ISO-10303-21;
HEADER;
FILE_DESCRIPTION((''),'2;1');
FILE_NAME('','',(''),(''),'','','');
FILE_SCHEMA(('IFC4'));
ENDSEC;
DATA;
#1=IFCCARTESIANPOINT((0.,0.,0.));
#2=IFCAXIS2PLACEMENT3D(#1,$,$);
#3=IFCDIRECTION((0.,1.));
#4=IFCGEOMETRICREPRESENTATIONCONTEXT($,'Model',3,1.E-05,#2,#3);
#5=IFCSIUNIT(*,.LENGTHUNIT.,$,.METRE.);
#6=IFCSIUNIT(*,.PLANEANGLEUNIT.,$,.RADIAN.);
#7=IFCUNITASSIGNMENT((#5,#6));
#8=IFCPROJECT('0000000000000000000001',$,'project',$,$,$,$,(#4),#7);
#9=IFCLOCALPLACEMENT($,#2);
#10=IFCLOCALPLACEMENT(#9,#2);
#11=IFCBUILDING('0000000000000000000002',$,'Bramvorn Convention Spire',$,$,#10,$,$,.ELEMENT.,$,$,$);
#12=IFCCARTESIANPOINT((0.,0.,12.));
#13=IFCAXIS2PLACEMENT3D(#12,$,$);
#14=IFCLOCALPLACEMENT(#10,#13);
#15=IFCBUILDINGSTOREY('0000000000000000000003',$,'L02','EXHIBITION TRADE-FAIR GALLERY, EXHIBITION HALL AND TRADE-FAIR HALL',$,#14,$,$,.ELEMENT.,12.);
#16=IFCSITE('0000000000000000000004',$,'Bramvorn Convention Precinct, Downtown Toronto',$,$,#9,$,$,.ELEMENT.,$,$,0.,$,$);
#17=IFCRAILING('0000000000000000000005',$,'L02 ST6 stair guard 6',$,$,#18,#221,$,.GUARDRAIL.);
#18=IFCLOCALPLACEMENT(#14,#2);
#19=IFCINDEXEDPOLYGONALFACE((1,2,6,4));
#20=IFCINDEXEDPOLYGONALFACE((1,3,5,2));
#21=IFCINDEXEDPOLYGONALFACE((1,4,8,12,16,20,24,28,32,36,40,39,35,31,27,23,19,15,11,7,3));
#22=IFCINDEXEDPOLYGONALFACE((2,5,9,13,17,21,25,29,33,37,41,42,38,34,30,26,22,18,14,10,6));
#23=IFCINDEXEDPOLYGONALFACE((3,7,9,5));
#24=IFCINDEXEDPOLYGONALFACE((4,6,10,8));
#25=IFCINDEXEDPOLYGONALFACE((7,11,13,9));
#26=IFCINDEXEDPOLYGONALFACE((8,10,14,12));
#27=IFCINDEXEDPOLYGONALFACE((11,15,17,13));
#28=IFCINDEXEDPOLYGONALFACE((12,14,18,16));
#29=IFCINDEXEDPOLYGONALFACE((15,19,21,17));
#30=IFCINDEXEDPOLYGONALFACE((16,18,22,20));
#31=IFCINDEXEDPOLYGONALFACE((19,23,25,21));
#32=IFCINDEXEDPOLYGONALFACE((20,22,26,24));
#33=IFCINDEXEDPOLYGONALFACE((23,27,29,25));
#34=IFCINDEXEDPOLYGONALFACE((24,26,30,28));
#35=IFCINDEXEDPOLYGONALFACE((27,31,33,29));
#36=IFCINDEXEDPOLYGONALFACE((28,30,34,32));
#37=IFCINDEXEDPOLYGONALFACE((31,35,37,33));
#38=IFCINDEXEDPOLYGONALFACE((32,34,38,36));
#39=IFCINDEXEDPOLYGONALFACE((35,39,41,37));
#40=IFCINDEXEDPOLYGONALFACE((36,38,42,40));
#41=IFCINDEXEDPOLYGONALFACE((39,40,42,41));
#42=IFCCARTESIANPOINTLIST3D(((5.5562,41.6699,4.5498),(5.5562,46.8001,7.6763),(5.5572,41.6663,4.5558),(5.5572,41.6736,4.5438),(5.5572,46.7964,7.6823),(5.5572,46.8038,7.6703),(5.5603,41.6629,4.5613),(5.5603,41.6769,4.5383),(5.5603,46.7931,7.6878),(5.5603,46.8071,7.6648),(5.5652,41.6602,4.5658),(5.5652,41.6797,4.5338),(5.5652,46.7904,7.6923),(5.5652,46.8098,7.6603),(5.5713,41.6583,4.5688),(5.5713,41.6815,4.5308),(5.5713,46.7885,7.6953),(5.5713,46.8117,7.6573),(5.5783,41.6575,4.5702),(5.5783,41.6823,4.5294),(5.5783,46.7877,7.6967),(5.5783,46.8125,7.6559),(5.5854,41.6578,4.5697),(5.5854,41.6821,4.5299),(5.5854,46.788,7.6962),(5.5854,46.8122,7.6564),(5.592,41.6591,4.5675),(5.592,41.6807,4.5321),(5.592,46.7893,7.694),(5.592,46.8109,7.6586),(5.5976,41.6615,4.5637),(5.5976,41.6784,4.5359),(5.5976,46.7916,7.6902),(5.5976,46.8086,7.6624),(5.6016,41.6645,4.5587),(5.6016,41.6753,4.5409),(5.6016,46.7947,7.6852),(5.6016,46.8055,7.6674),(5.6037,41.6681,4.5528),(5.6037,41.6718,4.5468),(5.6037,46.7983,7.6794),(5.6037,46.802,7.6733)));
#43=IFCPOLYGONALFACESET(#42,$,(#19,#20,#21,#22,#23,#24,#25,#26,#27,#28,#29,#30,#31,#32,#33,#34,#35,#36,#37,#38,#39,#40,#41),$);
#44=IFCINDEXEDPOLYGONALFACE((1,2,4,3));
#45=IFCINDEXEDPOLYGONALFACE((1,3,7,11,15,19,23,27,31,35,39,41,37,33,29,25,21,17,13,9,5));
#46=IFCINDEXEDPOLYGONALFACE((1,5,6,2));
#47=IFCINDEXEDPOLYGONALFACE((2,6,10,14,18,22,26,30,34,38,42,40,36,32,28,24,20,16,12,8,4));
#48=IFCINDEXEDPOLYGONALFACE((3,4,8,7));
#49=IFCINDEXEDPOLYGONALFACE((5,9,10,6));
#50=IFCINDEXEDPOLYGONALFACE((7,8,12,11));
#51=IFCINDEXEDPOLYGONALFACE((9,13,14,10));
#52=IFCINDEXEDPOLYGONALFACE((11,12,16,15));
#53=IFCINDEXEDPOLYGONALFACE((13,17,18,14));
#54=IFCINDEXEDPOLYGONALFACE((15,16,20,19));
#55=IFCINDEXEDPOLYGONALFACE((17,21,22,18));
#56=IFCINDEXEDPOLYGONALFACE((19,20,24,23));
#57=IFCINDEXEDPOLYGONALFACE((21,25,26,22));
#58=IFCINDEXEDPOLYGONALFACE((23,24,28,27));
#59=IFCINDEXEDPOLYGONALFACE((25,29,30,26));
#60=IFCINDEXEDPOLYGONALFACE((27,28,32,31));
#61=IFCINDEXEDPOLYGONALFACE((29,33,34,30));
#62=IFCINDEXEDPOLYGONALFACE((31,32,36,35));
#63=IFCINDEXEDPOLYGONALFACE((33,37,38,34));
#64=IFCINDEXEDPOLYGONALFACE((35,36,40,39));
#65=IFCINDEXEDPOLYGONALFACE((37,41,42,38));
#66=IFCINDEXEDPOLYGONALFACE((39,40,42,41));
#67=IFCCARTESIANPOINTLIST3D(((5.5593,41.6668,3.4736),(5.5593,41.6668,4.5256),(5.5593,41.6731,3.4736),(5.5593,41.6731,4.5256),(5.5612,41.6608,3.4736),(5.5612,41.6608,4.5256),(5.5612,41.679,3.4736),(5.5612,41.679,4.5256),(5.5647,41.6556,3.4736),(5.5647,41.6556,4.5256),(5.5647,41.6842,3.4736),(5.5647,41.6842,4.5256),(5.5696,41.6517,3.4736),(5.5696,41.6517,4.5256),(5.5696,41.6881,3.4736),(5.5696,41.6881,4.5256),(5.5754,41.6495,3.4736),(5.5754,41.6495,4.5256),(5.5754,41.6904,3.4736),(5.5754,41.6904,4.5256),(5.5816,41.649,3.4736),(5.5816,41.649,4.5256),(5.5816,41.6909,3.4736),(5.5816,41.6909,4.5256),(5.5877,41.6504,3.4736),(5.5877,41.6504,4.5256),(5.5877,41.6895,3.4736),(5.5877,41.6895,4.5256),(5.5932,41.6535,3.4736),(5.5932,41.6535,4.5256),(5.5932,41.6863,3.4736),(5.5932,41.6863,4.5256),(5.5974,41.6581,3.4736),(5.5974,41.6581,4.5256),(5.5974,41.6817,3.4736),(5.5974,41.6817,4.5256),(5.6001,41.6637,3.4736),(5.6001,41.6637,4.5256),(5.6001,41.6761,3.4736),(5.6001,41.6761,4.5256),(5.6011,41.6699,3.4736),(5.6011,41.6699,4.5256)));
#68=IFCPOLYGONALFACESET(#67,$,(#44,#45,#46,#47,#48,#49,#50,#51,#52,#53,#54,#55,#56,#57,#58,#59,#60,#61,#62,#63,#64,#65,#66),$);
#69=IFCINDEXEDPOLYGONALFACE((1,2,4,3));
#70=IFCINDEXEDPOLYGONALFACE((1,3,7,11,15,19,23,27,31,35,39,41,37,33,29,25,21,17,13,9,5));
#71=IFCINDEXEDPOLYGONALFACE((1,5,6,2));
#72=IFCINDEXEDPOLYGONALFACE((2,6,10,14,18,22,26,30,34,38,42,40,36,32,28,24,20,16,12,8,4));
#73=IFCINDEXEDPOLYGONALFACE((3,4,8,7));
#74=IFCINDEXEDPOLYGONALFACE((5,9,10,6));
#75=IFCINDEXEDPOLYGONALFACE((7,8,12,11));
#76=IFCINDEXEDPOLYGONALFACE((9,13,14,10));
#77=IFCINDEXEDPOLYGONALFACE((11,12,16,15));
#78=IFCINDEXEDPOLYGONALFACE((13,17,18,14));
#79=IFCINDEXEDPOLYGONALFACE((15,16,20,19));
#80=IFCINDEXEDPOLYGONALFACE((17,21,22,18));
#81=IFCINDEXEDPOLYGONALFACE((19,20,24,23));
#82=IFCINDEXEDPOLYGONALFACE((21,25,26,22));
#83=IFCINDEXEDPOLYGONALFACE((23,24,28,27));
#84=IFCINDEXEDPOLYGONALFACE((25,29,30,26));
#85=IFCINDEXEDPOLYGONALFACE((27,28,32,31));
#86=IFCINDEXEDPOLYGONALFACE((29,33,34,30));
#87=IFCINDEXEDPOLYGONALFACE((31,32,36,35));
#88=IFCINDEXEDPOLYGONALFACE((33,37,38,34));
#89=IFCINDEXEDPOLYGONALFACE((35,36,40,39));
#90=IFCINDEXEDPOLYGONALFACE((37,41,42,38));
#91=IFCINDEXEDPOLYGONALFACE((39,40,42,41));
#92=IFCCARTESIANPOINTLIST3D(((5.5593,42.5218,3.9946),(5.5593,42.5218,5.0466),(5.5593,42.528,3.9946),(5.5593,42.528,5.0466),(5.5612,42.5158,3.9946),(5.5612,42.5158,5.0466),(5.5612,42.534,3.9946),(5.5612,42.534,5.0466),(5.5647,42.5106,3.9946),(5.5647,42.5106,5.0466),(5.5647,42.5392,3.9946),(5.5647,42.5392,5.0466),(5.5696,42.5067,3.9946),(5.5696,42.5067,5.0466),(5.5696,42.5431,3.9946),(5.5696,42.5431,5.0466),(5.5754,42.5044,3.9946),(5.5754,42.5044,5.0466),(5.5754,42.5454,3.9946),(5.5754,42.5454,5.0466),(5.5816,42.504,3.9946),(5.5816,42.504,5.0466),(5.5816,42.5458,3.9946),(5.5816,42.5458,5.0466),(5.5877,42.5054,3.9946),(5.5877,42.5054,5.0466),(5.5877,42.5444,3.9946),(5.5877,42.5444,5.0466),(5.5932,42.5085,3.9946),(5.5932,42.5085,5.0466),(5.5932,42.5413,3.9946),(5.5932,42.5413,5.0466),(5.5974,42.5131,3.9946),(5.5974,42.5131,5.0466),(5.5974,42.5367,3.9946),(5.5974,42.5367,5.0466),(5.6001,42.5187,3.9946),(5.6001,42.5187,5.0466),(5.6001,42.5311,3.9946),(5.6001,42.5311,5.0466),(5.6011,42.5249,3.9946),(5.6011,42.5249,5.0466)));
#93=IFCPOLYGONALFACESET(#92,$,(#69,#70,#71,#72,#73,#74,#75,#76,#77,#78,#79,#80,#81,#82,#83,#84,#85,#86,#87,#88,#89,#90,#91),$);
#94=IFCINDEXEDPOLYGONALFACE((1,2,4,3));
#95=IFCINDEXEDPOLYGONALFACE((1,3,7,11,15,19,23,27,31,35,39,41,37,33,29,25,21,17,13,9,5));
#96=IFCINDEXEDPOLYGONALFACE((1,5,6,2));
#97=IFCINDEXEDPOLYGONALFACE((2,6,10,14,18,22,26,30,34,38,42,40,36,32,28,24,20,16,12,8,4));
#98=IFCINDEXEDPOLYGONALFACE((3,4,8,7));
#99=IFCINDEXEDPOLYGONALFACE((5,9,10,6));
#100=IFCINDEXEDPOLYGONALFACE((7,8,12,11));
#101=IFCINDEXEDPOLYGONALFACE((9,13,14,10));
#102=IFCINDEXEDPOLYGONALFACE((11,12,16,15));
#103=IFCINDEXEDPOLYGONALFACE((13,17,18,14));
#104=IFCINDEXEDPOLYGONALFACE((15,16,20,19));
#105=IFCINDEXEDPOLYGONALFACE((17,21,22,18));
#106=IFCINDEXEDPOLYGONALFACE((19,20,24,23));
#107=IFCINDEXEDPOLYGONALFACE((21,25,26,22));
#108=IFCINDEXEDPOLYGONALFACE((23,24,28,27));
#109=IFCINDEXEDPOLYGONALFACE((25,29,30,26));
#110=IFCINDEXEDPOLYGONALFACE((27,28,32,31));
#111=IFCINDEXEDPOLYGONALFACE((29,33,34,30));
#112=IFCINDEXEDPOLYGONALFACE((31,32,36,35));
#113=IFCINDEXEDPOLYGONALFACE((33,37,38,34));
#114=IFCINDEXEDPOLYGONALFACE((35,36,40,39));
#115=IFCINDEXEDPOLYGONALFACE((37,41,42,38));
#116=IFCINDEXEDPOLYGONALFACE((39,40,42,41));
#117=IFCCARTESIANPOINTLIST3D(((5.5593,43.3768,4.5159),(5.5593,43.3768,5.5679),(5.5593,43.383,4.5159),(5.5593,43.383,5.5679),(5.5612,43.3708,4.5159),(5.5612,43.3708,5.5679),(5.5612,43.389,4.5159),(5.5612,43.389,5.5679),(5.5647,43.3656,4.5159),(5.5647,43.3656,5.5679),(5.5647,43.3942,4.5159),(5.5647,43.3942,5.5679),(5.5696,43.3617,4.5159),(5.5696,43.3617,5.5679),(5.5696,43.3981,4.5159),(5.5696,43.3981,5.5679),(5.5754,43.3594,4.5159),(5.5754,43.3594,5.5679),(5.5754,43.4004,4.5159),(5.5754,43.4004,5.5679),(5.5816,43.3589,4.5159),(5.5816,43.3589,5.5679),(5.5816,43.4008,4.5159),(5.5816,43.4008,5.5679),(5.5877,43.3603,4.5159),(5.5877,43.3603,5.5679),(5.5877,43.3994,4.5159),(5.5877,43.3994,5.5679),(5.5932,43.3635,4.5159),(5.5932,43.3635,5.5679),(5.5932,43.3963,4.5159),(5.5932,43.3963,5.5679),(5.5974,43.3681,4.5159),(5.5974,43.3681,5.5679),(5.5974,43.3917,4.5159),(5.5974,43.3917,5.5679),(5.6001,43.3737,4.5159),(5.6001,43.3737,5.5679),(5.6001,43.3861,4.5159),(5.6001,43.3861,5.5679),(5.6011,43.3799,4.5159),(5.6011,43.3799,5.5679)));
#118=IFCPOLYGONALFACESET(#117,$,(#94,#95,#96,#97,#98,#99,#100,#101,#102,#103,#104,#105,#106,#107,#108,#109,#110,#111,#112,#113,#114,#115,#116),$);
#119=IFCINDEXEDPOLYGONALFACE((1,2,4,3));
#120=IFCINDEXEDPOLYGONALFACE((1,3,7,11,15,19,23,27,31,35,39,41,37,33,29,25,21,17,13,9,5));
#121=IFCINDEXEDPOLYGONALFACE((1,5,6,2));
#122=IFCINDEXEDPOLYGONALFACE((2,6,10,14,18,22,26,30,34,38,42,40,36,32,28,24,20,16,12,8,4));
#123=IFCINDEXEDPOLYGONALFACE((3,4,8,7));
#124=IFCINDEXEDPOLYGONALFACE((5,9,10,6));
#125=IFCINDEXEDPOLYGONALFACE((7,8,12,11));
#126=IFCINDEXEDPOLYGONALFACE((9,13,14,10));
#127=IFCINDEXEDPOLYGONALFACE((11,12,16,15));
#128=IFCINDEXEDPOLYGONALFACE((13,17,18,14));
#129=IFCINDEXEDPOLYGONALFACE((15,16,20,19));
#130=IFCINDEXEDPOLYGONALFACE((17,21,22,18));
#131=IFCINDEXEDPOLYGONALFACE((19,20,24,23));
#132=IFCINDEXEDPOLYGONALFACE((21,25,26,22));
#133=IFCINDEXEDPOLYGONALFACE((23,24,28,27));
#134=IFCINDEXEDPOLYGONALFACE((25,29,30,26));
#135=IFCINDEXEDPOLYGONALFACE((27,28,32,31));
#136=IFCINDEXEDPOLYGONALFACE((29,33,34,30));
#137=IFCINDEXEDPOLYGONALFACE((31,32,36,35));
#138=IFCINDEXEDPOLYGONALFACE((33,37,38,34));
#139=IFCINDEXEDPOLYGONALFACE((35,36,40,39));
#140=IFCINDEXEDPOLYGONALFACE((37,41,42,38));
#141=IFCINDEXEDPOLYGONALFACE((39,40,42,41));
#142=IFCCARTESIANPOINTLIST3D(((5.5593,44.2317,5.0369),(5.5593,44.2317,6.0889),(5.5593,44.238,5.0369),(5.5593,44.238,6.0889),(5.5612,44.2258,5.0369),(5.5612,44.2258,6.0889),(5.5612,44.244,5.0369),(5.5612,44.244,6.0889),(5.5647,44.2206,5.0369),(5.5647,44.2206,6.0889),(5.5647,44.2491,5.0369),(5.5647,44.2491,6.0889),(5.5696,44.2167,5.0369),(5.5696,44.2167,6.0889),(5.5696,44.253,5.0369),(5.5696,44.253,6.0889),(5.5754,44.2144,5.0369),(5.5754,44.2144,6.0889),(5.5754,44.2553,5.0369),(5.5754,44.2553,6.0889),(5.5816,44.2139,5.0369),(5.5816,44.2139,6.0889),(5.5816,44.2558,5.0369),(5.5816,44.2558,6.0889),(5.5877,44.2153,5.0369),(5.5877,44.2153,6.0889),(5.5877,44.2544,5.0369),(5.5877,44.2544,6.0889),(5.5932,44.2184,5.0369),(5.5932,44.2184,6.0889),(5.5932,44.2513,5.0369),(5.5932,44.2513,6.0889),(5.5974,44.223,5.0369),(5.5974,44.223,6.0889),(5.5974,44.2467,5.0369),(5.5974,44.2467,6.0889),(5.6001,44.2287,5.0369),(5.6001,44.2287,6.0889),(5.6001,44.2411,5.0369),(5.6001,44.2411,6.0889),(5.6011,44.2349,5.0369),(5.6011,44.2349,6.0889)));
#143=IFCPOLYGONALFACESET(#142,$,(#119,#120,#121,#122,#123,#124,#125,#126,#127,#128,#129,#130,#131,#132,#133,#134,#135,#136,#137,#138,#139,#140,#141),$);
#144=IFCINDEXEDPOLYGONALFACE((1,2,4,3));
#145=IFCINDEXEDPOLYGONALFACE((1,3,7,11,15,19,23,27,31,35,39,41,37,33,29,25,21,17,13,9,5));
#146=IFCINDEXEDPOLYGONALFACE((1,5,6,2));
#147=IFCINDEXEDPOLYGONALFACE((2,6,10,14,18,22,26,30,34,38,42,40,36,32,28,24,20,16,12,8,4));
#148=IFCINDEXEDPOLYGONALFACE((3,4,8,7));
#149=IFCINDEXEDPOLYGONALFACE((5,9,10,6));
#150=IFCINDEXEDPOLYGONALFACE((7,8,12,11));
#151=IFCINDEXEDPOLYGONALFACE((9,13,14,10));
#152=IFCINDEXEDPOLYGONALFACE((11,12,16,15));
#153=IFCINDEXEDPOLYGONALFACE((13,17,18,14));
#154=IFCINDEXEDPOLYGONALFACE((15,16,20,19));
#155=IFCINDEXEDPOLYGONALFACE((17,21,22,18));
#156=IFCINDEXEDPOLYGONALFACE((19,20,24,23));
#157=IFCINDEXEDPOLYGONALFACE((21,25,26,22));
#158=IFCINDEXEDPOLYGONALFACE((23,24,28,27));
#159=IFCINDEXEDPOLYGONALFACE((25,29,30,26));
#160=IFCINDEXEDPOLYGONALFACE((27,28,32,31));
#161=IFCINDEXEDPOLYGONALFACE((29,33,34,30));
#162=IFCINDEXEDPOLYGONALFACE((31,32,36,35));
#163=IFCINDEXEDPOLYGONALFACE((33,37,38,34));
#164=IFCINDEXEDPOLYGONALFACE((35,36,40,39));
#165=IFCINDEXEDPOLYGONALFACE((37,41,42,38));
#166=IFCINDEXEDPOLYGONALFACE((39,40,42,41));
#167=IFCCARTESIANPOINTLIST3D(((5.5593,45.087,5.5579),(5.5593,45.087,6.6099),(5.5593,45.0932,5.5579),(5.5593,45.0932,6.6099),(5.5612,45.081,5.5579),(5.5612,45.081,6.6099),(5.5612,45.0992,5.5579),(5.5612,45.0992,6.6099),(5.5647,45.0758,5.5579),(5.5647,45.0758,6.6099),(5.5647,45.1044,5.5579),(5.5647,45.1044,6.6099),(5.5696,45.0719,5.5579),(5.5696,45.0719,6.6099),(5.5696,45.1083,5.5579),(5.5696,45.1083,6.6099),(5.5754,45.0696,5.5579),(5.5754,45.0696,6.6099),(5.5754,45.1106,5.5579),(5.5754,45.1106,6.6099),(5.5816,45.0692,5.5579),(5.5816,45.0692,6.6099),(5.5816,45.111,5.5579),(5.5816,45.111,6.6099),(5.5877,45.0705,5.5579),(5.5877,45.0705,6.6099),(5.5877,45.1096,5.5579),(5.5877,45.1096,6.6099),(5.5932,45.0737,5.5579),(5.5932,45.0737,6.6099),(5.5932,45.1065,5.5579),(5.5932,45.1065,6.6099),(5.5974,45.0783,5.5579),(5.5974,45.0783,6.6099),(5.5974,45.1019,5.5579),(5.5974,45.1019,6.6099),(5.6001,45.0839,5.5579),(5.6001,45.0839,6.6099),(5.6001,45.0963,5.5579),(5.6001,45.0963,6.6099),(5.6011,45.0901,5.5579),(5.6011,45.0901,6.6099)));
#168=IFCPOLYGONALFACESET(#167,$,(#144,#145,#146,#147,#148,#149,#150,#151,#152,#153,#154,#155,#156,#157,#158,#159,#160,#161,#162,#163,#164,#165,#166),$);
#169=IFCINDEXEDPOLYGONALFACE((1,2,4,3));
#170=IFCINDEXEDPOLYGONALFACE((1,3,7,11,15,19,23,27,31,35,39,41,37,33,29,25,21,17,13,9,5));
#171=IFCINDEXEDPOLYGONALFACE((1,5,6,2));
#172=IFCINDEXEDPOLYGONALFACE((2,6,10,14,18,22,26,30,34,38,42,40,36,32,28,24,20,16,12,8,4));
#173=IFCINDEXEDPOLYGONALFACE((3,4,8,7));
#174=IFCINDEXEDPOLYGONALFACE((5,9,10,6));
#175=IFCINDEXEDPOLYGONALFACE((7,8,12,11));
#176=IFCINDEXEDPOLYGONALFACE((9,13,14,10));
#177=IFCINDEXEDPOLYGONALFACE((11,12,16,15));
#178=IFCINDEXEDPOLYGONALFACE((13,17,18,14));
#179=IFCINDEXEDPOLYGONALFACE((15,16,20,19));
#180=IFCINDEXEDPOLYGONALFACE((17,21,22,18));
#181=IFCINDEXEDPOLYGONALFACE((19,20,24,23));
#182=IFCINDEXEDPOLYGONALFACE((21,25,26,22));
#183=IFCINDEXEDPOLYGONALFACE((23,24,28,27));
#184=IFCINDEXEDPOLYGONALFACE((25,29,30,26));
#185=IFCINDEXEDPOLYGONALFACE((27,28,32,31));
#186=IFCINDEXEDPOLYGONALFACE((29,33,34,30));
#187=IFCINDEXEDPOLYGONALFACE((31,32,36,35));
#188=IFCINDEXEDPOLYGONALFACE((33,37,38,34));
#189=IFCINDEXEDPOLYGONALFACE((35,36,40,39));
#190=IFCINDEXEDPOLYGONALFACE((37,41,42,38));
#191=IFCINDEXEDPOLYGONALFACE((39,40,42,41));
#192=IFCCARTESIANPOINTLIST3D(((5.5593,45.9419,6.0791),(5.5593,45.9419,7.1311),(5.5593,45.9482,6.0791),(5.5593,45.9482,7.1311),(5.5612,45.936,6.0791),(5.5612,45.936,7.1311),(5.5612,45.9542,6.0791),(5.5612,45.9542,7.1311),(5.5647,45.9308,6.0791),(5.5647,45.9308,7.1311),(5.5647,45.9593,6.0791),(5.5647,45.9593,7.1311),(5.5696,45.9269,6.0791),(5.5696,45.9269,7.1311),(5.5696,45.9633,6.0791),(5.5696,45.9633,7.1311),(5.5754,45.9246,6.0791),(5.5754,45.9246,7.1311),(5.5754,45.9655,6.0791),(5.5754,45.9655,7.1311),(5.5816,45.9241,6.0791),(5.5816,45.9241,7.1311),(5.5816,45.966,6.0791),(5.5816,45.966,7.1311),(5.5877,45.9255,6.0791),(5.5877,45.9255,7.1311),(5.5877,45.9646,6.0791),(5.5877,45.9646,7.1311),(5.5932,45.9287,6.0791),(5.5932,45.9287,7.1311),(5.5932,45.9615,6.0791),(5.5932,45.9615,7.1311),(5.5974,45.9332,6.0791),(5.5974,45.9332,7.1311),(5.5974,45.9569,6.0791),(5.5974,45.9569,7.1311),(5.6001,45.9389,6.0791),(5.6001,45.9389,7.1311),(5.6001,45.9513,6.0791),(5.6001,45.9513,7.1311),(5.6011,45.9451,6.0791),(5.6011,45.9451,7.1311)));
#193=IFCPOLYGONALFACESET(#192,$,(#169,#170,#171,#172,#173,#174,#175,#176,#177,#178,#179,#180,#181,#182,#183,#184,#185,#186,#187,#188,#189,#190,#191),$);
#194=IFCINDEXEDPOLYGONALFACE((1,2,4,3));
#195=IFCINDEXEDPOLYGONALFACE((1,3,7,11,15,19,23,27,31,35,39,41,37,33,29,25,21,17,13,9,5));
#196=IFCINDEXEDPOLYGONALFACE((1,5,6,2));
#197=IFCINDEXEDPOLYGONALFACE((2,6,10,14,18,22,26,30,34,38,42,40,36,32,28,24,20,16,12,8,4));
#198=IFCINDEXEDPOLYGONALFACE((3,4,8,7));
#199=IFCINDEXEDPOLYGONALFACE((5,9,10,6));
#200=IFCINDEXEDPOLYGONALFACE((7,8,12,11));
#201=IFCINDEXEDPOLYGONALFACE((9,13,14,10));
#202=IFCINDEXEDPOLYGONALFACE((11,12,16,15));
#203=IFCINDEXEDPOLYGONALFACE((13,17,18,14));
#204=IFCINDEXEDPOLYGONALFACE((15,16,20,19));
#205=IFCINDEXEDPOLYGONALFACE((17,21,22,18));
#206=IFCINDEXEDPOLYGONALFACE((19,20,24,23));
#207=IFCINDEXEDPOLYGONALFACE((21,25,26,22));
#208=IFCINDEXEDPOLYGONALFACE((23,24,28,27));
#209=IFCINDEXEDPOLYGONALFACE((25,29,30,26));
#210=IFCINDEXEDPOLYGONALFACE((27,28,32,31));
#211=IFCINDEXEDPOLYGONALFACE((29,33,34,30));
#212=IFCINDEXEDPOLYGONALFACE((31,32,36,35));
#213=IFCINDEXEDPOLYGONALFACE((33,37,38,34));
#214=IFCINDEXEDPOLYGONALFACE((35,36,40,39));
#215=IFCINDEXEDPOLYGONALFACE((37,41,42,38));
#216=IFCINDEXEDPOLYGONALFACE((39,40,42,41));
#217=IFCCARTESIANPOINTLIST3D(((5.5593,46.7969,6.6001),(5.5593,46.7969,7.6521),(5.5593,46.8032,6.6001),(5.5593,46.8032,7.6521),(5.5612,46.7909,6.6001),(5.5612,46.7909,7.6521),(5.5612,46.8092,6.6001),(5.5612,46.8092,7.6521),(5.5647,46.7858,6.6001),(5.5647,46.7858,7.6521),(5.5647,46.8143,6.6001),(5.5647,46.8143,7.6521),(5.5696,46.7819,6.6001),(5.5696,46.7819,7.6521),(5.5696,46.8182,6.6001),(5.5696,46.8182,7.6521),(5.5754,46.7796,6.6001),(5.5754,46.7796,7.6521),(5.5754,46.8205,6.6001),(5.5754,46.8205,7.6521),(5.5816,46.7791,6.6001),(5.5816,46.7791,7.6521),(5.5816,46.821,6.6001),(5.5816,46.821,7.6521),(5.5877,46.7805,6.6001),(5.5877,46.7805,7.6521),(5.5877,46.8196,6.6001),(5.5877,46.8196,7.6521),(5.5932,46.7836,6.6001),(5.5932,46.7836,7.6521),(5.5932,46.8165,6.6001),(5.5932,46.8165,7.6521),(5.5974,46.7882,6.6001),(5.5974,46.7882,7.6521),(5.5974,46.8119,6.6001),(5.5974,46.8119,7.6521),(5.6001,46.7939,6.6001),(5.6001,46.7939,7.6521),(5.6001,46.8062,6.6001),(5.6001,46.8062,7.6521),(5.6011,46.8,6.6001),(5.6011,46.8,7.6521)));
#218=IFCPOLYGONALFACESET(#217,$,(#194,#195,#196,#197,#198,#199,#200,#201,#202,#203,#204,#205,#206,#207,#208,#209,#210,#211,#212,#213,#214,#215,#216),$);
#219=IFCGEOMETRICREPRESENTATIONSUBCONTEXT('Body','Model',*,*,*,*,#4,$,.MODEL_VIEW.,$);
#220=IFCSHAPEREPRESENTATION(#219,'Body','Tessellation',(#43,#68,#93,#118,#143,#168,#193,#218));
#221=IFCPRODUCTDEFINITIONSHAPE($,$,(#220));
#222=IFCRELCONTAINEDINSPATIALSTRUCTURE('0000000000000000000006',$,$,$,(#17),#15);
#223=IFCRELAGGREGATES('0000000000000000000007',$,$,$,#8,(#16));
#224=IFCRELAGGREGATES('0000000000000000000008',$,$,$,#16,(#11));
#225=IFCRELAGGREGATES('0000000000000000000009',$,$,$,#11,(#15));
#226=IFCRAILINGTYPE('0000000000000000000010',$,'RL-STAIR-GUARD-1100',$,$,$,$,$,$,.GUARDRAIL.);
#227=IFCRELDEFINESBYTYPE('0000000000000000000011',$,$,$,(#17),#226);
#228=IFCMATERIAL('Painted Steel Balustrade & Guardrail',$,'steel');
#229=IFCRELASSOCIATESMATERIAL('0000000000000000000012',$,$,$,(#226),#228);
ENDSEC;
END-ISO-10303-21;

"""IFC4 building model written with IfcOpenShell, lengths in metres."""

from ifc_helpers import new_model, si_unit, direction, frame, origin, origin_2d, place, context, subcontext, project, spatial, circle, extrude, material, type_object, element, save


model = new_model("IFC4")

# Units and contexts
model_context = context("Model", 3, precision=1e-05, world=origin(), true_north=direction((0.0, 1.0)))
body_context = subcontext(model_context, "Body", "Model", "MODEL_VIEW")
ifc_project = project(units=[si_unit("LENGTHUNIT", "METRE"), si_unit("PLANEANGLEUNIT", "RADIAN")], contexts=[model_context])

# Site, building, storey
site_placement = place(None, origin())
site = spatial("IfcSite", under=ifc_project, at=site_placement, Name="Bramvorn Convention Precinct, Downtown Toronto", CompositionType="ELEMENT", RefElevation=0.0)
building_placement = place(site_placement, origin())
building = spatial("IfcBuilding", under=site, at=building_placement, Name="Bramvorn Convention Spire", CompositionType="ELEMENT")
storey_placement = place(building_placement, frame((0.0, 0.0, 12.0)))
storey = spatial("IfcBuildingStorey", under=building, at=storey_placement, Name="L02", Description="EXHIBITION TRADE-FAIR GALLERY, EXHIBITION HALL AND TRADE-FAIR HALL", CompositionType="ELEMENT", Elevation=12.0)

# Railing
ifc_material_1 = material(Name="Painted Steel Balustrade & Guardrail", Category="steel")
railing_type = type_object("IfcRailingType", Name="RL-STAIR-GUARD-1100", PredefinedType="GUARDRAIL", material=ifc_material_1)
railing_1_placement = place(storey_placement, frame((5.5801, 41.6699, 3.4736)))
element("IfcRailing", 1, at=railing_1_placement, inside=storey, type_object=railing_type, Name="L02 ST6 stair guard 6", PredefinedType="GUARDRAIL", context=body_context, shape_type="SweptSolid", body=[
    extrude(circle(Radius=0.0239, at=origin_2d()), frame((0.0, 0.0, 1.0762), z_axis=(0.0, 0.853919, 0.520406), x_axis=(-1.0, 0.0, 0.0)), (0.0, 0.0, 1.0), 6.0078),
    extrude(circle(Radius=0.021, at=origin_2d()), origin(), (0.0, 0.0, 1.0), 1.052),
    extrude(circle(Radius=0.021, at=origin_2d()), frame((0.0, 0.855, 0.521)), (0.0, 0.0, 1.0), 1.052),
    extrude(circle(Radius=0.021, at=origin_2d()), frame((0.0, 1.71, 1.0422)), (0.0, 0.0, 1.0), 1.052),
    extrude(circle(Radius=0.021, at=origin_2d()), frame((0.0, 2.5649, 1.5632)), (0.0, 0.0, 1.0), 1.052),
    extrude(circle(Radius=0.021, at=origin_2d()), frame((0.0, 3.4202, 2.0842)), (0.0, 0.0, 1.0), 1.052),
    extrude(circle(Radius=0.021, at=origin_2d()), frame((0.0, 4.2751, 2.6055)), (0.0, 0.0, 1.0), 1.052),
    extrude(circle(Radius=0.021, at=origin_2d()), frame((0.0, 5.1301, 3.1265)), (0.0, 0.0, 1.0), 1.052),
])

save(model, "model.ifc")
